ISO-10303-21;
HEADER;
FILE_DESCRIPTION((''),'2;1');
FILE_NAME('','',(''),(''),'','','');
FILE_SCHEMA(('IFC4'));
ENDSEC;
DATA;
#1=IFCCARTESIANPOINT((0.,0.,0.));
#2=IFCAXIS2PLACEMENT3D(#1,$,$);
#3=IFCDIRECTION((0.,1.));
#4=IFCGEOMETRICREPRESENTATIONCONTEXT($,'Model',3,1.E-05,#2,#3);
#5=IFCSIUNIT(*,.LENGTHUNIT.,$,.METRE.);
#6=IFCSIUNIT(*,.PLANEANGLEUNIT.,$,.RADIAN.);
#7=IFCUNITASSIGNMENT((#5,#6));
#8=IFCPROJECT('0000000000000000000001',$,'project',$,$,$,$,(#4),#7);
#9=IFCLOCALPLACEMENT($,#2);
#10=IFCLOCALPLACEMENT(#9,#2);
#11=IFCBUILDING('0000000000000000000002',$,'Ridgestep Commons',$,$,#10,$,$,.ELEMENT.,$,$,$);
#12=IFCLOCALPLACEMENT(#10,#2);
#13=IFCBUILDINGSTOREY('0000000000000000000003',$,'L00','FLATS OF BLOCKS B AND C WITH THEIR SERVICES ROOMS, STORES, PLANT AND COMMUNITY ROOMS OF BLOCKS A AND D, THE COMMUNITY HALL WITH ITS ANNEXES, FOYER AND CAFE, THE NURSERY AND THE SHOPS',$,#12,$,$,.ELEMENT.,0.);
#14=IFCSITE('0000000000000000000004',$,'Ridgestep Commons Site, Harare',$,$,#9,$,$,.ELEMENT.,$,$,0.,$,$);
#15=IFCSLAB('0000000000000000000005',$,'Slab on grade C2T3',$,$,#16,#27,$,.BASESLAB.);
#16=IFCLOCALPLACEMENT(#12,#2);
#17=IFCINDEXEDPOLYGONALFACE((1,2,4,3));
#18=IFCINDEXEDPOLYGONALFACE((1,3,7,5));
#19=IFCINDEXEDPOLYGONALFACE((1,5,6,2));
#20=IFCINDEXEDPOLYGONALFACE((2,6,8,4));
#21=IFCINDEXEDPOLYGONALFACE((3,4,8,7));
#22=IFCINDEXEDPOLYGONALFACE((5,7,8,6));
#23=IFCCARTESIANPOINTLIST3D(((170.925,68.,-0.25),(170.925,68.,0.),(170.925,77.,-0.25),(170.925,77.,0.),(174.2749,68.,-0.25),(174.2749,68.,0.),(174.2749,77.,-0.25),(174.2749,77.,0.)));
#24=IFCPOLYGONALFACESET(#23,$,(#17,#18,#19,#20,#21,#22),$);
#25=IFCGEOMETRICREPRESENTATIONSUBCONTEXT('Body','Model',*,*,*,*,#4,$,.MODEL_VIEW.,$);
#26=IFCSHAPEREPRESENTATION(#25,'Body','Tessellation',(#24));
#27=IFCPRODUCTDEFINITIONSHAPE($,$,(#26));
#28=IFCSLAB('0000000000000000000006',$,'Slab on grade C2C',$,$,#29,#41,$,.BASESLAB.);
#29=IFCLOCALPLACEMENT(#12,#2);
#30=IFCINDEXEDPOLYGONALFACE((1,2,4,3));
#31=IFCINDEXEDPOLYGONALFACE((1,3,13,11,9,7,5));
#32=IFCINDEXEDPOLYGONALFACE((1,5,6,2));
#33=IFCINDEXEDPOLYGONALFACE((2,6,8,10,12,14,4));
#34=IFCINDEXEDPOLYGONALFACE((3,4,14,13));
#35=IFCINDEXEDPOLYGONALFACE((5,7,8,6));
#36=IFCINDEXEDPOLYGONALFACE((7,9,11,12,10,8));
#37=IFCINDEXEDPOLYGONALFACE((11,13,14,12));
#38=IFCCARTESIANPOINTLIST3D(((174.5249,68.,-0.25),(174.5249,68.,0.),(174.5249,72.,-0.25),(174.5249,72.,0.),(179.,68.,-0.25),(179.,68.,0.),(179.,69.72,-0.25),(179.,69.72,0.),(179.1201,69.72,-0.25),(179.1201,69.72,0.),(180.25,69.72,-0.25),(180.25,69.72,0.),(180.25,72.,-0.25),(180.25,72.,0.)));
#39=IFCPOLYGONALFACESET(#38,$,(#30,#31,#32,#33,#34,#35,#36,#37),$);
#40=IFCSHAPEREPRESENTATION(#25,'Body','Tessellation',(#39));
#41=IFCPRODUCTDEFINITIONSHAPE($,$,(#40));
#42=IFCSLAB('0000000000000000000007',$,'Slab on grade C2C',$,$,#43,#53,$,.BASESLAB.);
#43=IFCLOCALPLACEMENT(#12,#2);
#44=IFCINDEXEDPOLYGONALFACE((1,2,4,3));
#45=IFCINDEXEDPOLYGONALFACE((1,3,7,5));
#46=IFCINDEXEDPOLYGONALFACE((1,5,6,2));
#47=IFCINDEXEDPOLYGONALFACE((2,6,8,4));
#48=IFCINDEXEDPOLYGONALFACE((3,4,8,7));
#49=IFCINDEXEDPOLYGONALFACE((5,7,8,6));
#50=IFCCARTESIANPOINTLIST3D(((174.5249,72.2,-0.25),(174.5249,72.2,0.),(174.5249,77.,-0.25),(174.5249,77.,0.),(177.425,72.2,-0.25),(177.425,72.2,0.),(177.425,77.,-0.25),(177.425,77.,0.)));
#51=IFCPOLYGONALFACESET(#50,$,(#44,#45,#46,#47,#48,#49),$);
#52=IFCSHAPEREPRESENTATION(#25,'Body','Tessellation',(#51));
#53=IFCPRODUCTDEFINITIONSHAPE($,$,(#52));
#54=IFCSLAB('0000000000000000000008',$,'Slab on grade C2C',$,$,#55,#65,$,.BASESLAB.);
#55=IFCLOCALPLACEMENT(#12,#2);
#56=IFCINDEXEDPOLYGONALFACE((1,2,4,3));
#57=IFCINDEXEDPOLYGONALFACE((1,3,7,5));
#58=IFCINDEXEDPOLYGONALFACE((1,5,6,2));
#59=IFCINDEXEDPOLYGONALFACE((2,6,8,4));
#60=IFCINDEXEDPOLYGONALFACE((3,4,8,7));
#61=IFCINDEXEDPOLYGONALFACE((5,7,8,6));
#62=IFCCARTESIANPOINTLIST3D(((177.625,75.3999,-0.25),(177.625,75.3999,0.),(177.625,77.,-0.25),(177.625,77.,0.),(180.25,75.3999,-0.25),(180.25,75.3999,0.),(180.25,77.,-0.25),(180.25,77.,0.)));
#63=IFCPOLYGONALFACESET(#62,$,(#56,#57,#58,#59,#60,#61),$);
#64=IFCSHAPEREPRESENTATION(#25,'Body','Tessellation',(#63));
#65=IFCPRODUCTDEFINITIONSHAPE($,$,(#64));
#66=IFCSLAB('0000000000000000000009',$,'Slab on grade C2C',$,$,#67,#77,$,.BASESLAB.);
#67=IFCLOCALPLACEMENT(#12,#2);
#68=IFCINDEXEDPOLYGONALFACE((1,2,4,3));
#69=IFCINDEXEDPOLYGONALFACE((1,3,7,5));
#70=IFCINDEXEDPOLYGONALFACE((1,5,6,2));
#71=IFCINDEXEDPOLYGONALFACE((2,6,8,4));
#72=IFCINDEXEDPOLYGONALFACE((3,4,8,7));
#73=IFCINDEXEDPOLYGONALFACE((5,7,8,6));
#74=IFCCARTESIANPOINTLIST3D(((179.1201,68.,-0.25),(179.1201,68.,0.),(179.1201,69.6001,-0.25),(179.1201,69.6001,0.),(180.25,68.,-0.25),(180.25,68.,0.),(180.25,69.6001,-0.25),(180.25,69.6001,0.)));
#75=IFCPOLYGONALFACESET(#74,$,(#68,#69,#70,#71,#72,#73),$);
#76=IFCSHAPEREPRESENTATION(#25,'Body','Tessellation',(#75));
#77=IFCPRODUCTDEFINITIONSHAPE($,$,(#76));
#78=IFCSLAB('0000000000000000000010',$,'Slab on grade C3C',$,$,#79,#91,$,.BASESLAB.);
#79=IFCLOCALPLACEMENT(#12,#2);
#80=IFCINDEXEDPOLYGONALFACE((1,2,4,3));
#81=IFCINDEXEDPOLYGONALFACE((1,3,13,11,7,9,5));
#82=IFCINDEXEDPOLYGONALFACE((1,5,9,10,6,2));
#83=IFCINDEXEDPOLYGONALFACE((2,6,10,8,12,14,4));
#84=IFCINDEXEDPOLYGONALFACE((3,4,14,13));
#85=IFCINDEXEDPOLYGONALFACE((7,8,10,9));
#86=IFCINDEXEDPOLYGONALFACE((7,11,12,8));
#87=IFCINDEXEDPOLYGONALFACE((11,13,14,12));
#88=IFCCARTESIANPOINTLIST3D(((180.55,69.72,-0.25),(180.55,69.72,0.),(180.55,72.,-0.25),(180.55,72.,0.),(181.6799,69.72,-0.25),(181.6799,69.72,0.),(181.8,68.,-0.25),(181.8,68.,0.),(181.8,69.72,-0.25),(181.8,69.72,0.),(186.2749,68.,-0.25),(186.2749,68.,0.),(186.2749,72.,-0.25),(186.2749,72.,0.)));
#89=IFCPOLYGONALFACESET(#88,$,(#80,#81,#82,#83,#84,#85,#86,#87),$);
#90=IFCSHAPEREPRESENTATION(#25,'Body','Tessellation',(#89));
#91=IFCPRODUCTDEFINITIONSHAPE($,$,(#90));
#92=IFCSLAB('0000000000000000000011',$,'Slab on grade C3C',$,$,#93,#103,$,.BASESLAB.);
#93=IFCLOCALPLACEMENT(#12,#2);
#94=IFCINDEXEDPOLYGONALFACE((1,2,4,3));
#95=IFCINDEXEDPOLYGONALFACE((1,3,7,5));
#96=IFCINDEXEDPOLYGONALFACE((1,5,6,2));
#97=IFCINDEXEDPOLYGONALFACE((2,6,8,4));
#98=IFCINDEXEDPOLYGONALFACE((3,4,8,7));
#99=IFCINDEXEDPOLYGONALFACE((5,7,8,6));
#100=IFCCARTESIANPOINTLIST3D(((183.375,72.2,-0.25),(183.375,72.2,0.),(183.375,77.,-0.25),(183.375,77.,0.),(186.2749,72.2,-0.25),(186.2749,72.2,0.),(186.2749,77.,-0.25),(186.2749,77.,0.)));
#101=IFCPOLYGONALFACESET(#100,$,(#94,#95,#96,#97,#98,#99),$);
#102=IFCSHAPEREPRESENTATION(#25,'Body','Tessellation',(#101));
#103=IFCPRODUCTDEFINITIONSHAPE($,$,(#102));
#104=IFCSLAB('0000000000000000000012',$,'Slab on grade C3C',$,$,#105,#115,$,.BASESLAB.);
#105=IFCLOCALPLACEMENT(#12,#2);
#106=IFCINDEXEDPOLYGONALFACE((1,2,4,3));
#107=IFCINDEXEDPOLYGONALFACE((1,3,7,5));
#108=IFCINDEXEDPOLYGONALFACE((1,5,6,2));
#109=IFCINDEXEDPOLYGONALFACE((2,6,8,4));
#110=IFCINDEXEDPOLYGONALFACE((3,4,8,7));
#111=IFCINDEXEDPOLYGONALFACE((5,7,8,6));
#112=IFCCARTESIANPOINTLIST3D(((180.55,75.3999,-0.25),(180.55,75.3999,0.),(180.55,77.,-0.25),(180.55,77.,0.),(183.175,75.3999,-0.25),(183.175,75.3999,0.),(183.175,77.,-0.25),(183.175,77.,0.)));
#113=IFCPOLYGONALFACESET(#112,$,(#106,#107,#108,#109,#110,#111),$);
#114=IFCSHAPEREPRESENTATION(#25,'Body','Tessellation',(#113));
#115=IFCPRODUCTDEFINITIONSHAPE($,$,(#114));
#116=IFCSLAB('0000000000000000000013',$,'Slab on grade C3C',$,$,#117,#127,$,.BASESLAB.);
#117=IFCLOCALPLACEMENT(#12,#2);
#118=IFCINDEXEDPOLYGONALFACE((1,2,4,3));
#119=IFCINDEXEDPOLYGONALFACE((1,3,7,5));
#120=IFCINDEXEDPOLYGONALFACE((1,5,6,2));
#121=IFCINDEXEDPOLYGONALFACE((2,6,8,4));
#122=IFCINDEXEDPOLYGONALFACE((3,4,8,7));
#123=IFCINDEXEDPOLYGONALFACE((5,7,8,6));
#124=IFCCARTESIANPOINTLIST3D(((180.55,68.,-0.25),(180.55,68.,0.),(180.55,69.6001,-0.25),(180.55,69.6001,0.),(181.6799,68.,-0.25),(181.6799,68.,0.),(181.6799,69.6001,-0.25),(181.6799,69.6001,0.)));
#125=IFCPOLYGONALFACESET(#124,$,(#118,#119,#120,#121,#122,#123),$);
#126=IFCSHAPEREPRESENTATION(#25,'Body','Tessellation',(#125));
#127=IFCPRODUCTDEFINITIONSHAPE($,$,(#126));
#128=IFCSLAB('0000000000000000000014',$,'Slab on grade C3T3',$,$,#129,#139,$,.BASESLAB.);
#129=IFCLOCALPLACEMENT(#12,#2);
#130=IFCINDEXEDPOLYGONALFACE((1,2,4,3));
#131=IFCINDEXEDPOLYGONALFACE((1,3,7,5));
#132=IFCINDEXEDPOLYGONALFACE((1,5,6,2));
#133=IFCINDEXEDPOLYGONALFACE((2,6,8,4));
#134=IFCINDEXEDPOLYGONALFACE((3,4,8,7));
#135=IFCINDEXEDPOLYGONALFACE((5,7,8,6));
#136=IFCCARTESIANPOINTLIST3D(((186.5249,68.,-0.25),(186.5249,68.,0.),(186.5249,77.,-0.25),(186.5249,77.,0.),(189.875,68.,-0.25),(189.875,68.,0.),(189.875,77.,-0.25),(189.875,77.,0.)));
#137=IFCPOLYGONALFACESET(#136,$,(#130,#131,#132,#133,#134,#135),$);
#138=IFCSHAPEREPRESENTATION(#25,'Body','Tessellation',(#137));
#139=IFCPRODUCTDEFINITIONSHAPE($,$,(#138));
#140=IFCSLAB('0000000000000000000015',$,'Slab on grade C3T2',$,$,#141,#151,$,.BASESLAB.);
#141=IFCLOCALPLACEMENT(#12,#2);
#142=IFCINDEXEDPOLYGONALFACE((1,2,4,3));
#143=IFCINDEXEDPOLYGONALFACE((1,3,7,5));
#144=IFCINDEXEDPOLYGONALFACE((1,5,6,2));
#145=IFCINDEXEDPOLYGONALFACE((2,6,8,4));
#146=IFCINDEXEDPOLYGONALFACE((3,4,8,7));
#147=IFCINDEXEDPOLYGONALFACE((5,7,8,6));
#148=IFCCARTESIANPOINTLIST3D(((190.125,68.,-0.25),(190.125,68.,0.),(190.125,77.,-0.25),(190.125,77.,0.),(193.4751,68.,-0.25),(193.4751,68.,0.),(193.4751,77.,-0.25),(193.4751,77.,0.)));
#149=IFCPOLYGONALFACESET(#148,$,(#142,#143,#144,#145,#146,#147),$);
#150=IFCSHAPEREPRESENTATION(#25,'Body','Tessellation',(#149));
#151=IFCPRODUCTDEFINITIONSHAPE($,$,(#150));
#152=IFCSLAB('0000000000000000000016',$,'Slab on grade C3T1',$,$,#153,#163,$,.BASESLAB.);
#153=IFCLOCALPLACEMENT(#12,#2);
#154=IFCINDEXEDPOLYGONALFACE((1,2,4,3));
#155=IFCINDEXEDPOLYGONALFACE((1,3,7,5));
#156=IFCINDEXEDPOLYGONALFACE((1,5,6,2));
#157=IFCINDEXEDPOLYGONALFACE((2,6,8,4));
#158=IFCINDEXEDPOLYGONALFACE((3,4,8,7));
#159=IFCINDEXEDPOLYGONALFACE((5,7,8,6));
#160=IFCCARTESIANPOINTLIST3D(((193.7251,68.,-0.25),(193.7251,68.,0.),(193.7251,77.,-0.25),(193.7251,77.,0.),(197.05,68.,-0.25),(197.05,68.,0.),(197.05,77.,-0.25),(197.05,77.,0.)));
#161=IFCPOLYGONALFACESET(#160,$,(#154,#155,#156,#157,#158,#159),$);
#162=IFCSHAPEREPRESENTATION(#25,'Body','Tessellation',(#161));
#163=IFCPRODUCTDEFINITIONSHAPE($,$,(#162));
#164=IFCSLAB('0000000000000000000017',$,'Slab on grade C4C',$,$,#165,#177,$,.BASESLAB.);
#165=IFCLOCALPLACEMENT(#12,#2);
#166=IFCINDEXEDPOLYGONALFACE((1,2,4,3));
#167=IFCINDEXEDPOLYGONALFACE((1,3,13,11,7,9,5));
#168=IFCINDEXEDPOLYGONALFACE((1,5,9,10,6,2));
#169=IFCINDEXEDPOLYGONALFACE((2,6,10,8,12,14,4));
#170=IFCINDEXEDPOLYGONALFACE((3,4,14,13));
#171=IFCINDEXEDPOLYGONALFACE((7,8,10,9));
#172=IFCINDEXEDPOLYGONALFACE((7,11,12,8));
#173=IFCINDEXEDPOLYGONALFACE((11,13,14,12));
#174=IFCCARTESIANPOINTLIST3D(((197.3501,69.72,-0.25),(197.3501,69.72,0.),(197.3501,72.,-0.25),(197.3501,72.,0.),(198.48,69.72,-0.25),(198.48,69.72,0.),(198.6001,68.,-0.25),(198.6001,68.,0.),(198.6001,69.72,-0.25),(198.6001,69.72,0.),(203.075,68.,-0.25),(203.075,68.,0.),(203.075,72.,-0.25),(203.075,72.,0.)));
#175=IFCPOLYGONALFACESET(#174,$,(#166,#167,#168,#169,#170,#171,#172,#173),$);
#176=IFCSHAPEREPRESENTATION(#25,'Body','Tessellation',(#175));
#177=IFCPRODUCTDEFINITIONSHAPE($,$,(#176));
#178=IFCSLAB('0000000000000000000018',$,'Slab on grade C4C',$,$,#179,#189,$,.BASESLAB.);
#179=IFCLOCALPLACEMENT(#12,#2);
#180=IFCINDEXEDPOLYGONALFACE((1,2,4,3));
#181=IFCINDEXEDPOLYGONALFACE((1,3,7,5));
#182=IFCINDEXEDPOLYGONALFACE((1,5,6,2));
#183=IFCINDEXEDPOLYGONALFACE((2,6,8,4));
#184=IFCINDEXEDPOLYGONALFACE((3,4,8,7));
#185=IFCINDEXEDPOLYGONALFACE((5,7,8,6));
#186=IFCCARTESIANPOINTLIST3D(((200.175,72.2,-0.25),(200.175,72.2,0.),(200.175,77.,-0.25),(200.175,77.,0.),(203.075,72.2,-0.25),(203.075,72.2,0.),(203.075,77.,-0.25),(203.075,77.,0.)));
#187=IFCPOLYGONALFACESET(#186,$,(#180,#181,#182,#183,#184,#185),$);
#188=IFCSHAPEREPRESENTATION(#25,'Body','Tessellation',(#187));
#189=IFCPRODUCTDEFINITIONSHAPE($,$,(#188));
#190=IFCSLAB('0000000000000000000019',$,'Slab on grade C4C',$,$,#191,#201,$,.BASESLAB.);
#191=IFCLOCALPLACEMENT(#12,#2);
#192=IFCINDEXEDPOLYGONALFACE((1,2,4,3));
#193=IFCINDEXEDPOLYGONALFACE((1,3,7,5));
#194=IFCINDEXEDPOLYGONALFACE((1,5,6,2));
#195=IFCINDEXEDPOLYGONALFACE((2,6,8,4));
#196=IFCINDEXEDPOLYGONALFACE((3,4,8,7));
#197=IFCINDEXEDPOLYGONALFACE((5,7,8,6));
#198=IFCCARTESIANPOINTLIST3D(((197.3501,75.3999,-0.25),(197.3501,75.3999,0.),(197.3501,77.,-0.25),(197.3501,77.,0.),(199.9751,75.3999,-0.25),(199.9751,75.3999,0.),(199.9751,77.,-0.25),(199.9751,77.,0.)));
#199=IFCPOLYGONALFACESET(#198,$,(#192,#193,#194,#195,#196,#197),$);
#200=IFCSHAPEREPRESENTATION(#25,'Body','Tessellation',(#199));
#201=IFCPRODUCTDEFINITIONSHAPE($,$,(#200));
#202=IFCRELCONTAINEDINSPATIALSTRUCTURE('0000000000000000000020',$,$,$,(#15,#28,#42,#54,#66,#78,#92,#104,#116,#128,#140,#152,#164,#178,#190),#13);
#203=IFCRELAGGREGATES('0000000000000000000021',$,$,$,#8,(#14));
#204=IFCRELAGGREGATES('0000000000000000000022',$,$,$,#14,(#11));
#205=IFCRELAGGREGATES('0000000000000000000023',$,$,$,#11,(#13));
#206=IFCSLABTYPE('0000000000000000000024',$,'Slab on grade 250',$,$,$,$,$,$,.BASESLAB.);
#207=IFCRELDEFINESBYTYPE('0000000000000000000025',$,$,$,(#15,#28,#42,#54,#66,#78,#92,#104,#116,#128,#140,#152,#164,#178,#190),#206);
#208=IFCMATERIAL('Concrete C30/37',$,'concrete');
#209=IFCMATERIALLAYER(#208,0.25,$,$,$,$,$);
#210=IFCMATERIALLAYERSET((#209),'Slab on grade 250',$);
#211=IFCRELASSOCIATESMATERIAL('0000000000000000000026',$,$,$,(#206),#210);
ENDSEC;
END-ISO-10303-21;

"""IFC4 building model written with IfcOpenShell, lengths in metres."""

from ifc_helpers import new_model, si_unit, direction, frame, origin, place, context, subcontext, project, spatial, polyline, outline, extrude, material, layer, layer_set, type_object, element, save


model = new_model("IFC4")

# Units and contexts
model_context = context("Model", 3, precision=1e-05, world=origin(), true_north=direction((0.0, 1.0)))
body_context = subcontext(model_context, "Body", "Model", "MODEL_VIEW")
ifc_project = project(units=[si_unit("LENGTHUNIT", "METRE"), si_unit("PLANEANGLEUNIT", "RADIAN")], contexts=[model_context])

# Site, building, storey
site_placement = place(None, origin())
site = spatial("IfcSite", under=ifc_project, at=site_placement, Name="Ridgestep Commons Site, Harare", CompositionType="ELEMENT", RefElevation=0.0)
building_placement = place(site_placement, origin())
building = spatial("IfcBuilding", under=site, at=building_placement, Name="Ridgestep Commons", CompositionType="ELEMENT")
storey_placement = place(building_placement, origin())
storey = spatial("IfcBuildingStorey", under=building, at=storey_placement, Name="L00", Description="FLATS OF BLOCKS B AND C WITH THEIR SERVICES ROOMS, STORES, PLANT AND COMMUNITY ROOMS OF BLOCKS A AND D, THE COMMUNITY HALL WITH ITS ANNEXES, FOYER AND CAFE, THE NURSERY AND THE SHOPS", CompositionType="ELEMENT", Elevation=0.0)

# Slabs
ifc_material = material(Name="Concrete C30/37", Category="concrete")
ifc_layer = layer(ifc_material, 0.25)
ifc_layer_set = layer_set([ifc_layer], Name="Slab on grade 250")
slab_type = type_object("IfcSlabType", Name="Slab on grade 250", PredefinedType="BASESLAB", material=ifc_layer_set)
slab_1_placement = place(storey_placement, frame((0.0, 0.0, -0.25)))
element("IfcSlab", 1, at=slab_1_placement, inside=storey, type_object=slab_type, Name="Slab on grade C2T3", PredefinedType="BASESLAB", context=body_context, shape_type="SweptSolid", body=[
    extrude(outline(polyline([(174.2749, 68.0), (174.2749, 77.0), (170.925, 77.0), (170.925, 68.0), (174.2749, 68.0)])), origin(), (0.0, 0.0, 1.0), 0.25),
])
slab_2_placement = place(storey_placement, frame((0.0, 0.0, -0.25)))
element("IfcSlab", 2, at=slab_2_placement, inside=storey, type_object=slab_type, Name="Slab on grade C2C", PredefinedType="BASESLAB", context=body_context, shape_type="SweptSolid", body=[
    extrude(outline(polyline([(179.1201, 69.72), (180.25, 69.72), (180.25, 72.0), (174.5249, 72.0), (174.5249, 68.0), (179.0, 68.0), (179.0, 69.72), (179.1201, 69.72)])), origin(), (0.0, 0.0, 1.0), 0.25),
])
slab_3_placement = place(storey_placement, frame((0.0, 0.0, -0.25)))
element("IfcSlab", 3, at=slab_3_placement, inside=storey, type_object=slab_type, Name="Slab on grade C2C", PredefinedType="BASESLAB", context=body_context, shape_type="SweptSolid", body=[
    extrude(outline(polyline([(177.425, 77.0), (174.5249, 77.0), (174.5249, 72.2), (177.425, 72.2), (177.425, 77.0)])), origin(), (0.0, 0.0, 1.0), 0.25),
])
slab_4_placement = place(storey_placement, frame((0.0, 0.0, -0.25)))
element("IfcSlab", 4, at=slab_4_placement, inside=storey, type_object=slab_type, Name="Slab on grade C2C", PredefinedType="BASESLAB", context=body_context, shape_type="SweptSolid", body=[
    extrude(outline(polyline([(180.25, 75.3999), (180.25, 77.0), (177.625, 77.0), (177.625, 75.3999), (180.25, 75.3999)])), origin(), (0.0, 0.0, 1.0), 0.25),
])
slab_5_placement = place(storey_placement, frame((0.0, 0.0, -0.25)))
element("IfcSlab", 5, at=slab_5_placement, inside=storey, type_object=slab_type, Name="Slab on grade C2C", PredefinedType="BASESLAB", context=body_context, shape_type="SweptSolid", body=[
    extrude(outline(polyline([(179.1201, 68.0), (180.25, 68.0), (180.25, 69.6001), (179.1201, 69.6001), (179.1201, 68.0)])), origin(), (0.0, 0.0, 1.0), 0.25),
])
slab_6_placement = place(storey_placement, frame((0.0, 0.0, -0.25)))
element("IfcSlab", 6, at=slab_6_placement, inside=storey, type_object=slab_type, Name="Slab on grade C3C", PredefinedType="BASESLAB", context=body_context, shape_type="SweptSolid", body=[
    extrude(outline(polyline([(181.8, 68.0), (186.2749, 68.0), (186.2749, 72.0), (180.55, 72.0), (180.55, 69.72), (181.6799, 69.72), (181.8, 69.72), (181.8, 68.0)])), origin(), (0.0, 0.0, 1.0), 0.25),
])
slab_7_placement = place(storey_placement, frame((0.0, 0.0, -0.25)))
element("IfcSlab", 7, at=slab_7_placement, inside=storey, type_object=slab_type, Name="Slab on grade C3C", PredefinedType="BASESLAB", context=body_context, shape_type="SweptSolid", body=[
    extrude(outline(polyline([(186.2749, 72.2), (186.2749, 77.0), (183.375, 77.0), (183.375, 72.2), (186.2749, 72.2)])), origin(), (0.0, 0.0, 1.0), 0.25),
])
slab_8_placement = place(storey_placement, frame((0.0, 0.0, -0.25)))
element("IfcSlab", 8, at=slab_8_placement, inside=storey, type_object=slab_type, Name="Slab on grade C3C", PredefinedType="BASESLAB", context=body_context, shape_type="SweptSolid", body=[
    extrude(outline(polyline([(183.175, 77.0), (180.55, 77.0), (180.55, 75.3999), (183.175, 75.3999), (183.175, 77.0)])), origin(), (0.0, 0.0, 1.0), 0.25),
])
slab_9_placement = place(storey_placement, frame((0.0, 0.0, -0.25)))
element("IfcSlab", 9, at=slab_9_placement, inside=storey, type_object=slab_type, Name="Slab on grade C3C", PredefinedType="BASESLAB", context=body_context, shape_type="SweptSolid", body=[
    extrude(outline(polyline([(181.6799, 69.6001), (180.55, 69.6001), (180.55, 68.0), (181.6799, 68.0), (181.6799, 69.6001)])), origin(), (0.0, 0.0, 1.0), 0.25),
])
slab_10_placement = place(storey_placement, frame((0.0, 0.0, -0.25)))
element("IfcSlab", 10, at=slab_10_placement, inside=storey, type_object=slab_type, Name="Slab on grade C3T3", PredefinedType="BASESLAB", context=body_context, shape_type="SweptSolid", body=[
    extrude(outline(polyline([(189.875, 68.0), (189.875, 77.0), (186.5249, 77.0), (186.5249, 68.0), (189.875, 68.0)])), origin(), (0.0, 0.0, 1.0), 0.25),
])
slab_11_placement = place(storey_placement, frame((0.0, 0.0, -0.25)))
element("IfcSlab", 11, at=slab_11_placement, inside=storey, type_object=slab_type, Name="Slab on grade C3T2", PredefinedType="BASESLAB", context=body_context, shape_type="SweptSolid", body=[
    extrude(outline(polyline([(193.4751, 68.0), (193.4751, 77.0), (190.125, 77.0), (190.125, 68.0), (193.4751, 68.0)])), origin(), (0.0, 0.0, 1.0), 0.25),
])
slab_12_placement = place(storey_placement, frame((0.0, 0.0, -0.25)))
element("IfcSlab", 12, at=slab_12_placement, inside=storey, type_object=slab_type, Name="Slab on grade C3T1", PredefinedType="BASESLAB", context=body_context, shape_type="SweptSolid", body=[
    extrude(outline(polyline([(197.05, 68.0), (197.05, 77.0), (193.7251, 77.0), (193.7251, 68.0), (197.05, 68.0)])), origin(), (0.0, 0.0, 1.0), 0.25),
])
slab_13_placement = place(storey_placement, frame((0.0, 0.0, -0.25)))
element("IfcSlab", 13, at=slab_13_placement, inside=storey, type_object=slab_type, Name="Slab on grade C4C", PredefinedType="BASESLAB", context=body_context, shape_type="SweptSolid", body=[
    extrude(outline(polyline([(198.6001, 68.0), (203.075, 68.0), (203.075, 72.0), (197.3501, 72.0), (197.3501, 69.72), (198.48, 69.72), (198.6001, 69.72), (198.6001, 68.0)])), origin(), (0.0, 0.0, 1.0), 0.25),
])
slab_14_placement = place(storey_placement, frame((0.0, 0.0, -0.25)))
element("IfcSlab", 14, at=slab_14_placement, inside=storey, type_object=slab_type, Name="Slab on grade C4C", PredefinedType="BASESLAB", context=body_context, shape_type="SweptSolid", body=[
    extrude(outline(polyline([(203.075, 72.2), (203.075, 77.0), (200.175, 77.0), (200.175, 72.2), (203.075, 72.2)])), origin(), (0.0, 0.0, 1.0), 0.25),
])
slab_15_placement = place(storey_placement, frame((0.0, 0.0, -0.25)))
element("IfcSlab", 15, at=slab_15_placement, inside=storey, type_object=slab_type, Name="Slab on grade C4C", PredefinedType="BASESLAB", context=body_context, shape_type="SweptSolid", body=[
    extrude(outline(polyline([(199.9751, 77.0), (197.3501, 77.0), (197.3501, 75.3999), (199.9751, 75.3999), (199.9751, 77.0)])), origin(), (0.0, 0.0, 1.0), 0.25),
])

save(model, "model.ifc")
